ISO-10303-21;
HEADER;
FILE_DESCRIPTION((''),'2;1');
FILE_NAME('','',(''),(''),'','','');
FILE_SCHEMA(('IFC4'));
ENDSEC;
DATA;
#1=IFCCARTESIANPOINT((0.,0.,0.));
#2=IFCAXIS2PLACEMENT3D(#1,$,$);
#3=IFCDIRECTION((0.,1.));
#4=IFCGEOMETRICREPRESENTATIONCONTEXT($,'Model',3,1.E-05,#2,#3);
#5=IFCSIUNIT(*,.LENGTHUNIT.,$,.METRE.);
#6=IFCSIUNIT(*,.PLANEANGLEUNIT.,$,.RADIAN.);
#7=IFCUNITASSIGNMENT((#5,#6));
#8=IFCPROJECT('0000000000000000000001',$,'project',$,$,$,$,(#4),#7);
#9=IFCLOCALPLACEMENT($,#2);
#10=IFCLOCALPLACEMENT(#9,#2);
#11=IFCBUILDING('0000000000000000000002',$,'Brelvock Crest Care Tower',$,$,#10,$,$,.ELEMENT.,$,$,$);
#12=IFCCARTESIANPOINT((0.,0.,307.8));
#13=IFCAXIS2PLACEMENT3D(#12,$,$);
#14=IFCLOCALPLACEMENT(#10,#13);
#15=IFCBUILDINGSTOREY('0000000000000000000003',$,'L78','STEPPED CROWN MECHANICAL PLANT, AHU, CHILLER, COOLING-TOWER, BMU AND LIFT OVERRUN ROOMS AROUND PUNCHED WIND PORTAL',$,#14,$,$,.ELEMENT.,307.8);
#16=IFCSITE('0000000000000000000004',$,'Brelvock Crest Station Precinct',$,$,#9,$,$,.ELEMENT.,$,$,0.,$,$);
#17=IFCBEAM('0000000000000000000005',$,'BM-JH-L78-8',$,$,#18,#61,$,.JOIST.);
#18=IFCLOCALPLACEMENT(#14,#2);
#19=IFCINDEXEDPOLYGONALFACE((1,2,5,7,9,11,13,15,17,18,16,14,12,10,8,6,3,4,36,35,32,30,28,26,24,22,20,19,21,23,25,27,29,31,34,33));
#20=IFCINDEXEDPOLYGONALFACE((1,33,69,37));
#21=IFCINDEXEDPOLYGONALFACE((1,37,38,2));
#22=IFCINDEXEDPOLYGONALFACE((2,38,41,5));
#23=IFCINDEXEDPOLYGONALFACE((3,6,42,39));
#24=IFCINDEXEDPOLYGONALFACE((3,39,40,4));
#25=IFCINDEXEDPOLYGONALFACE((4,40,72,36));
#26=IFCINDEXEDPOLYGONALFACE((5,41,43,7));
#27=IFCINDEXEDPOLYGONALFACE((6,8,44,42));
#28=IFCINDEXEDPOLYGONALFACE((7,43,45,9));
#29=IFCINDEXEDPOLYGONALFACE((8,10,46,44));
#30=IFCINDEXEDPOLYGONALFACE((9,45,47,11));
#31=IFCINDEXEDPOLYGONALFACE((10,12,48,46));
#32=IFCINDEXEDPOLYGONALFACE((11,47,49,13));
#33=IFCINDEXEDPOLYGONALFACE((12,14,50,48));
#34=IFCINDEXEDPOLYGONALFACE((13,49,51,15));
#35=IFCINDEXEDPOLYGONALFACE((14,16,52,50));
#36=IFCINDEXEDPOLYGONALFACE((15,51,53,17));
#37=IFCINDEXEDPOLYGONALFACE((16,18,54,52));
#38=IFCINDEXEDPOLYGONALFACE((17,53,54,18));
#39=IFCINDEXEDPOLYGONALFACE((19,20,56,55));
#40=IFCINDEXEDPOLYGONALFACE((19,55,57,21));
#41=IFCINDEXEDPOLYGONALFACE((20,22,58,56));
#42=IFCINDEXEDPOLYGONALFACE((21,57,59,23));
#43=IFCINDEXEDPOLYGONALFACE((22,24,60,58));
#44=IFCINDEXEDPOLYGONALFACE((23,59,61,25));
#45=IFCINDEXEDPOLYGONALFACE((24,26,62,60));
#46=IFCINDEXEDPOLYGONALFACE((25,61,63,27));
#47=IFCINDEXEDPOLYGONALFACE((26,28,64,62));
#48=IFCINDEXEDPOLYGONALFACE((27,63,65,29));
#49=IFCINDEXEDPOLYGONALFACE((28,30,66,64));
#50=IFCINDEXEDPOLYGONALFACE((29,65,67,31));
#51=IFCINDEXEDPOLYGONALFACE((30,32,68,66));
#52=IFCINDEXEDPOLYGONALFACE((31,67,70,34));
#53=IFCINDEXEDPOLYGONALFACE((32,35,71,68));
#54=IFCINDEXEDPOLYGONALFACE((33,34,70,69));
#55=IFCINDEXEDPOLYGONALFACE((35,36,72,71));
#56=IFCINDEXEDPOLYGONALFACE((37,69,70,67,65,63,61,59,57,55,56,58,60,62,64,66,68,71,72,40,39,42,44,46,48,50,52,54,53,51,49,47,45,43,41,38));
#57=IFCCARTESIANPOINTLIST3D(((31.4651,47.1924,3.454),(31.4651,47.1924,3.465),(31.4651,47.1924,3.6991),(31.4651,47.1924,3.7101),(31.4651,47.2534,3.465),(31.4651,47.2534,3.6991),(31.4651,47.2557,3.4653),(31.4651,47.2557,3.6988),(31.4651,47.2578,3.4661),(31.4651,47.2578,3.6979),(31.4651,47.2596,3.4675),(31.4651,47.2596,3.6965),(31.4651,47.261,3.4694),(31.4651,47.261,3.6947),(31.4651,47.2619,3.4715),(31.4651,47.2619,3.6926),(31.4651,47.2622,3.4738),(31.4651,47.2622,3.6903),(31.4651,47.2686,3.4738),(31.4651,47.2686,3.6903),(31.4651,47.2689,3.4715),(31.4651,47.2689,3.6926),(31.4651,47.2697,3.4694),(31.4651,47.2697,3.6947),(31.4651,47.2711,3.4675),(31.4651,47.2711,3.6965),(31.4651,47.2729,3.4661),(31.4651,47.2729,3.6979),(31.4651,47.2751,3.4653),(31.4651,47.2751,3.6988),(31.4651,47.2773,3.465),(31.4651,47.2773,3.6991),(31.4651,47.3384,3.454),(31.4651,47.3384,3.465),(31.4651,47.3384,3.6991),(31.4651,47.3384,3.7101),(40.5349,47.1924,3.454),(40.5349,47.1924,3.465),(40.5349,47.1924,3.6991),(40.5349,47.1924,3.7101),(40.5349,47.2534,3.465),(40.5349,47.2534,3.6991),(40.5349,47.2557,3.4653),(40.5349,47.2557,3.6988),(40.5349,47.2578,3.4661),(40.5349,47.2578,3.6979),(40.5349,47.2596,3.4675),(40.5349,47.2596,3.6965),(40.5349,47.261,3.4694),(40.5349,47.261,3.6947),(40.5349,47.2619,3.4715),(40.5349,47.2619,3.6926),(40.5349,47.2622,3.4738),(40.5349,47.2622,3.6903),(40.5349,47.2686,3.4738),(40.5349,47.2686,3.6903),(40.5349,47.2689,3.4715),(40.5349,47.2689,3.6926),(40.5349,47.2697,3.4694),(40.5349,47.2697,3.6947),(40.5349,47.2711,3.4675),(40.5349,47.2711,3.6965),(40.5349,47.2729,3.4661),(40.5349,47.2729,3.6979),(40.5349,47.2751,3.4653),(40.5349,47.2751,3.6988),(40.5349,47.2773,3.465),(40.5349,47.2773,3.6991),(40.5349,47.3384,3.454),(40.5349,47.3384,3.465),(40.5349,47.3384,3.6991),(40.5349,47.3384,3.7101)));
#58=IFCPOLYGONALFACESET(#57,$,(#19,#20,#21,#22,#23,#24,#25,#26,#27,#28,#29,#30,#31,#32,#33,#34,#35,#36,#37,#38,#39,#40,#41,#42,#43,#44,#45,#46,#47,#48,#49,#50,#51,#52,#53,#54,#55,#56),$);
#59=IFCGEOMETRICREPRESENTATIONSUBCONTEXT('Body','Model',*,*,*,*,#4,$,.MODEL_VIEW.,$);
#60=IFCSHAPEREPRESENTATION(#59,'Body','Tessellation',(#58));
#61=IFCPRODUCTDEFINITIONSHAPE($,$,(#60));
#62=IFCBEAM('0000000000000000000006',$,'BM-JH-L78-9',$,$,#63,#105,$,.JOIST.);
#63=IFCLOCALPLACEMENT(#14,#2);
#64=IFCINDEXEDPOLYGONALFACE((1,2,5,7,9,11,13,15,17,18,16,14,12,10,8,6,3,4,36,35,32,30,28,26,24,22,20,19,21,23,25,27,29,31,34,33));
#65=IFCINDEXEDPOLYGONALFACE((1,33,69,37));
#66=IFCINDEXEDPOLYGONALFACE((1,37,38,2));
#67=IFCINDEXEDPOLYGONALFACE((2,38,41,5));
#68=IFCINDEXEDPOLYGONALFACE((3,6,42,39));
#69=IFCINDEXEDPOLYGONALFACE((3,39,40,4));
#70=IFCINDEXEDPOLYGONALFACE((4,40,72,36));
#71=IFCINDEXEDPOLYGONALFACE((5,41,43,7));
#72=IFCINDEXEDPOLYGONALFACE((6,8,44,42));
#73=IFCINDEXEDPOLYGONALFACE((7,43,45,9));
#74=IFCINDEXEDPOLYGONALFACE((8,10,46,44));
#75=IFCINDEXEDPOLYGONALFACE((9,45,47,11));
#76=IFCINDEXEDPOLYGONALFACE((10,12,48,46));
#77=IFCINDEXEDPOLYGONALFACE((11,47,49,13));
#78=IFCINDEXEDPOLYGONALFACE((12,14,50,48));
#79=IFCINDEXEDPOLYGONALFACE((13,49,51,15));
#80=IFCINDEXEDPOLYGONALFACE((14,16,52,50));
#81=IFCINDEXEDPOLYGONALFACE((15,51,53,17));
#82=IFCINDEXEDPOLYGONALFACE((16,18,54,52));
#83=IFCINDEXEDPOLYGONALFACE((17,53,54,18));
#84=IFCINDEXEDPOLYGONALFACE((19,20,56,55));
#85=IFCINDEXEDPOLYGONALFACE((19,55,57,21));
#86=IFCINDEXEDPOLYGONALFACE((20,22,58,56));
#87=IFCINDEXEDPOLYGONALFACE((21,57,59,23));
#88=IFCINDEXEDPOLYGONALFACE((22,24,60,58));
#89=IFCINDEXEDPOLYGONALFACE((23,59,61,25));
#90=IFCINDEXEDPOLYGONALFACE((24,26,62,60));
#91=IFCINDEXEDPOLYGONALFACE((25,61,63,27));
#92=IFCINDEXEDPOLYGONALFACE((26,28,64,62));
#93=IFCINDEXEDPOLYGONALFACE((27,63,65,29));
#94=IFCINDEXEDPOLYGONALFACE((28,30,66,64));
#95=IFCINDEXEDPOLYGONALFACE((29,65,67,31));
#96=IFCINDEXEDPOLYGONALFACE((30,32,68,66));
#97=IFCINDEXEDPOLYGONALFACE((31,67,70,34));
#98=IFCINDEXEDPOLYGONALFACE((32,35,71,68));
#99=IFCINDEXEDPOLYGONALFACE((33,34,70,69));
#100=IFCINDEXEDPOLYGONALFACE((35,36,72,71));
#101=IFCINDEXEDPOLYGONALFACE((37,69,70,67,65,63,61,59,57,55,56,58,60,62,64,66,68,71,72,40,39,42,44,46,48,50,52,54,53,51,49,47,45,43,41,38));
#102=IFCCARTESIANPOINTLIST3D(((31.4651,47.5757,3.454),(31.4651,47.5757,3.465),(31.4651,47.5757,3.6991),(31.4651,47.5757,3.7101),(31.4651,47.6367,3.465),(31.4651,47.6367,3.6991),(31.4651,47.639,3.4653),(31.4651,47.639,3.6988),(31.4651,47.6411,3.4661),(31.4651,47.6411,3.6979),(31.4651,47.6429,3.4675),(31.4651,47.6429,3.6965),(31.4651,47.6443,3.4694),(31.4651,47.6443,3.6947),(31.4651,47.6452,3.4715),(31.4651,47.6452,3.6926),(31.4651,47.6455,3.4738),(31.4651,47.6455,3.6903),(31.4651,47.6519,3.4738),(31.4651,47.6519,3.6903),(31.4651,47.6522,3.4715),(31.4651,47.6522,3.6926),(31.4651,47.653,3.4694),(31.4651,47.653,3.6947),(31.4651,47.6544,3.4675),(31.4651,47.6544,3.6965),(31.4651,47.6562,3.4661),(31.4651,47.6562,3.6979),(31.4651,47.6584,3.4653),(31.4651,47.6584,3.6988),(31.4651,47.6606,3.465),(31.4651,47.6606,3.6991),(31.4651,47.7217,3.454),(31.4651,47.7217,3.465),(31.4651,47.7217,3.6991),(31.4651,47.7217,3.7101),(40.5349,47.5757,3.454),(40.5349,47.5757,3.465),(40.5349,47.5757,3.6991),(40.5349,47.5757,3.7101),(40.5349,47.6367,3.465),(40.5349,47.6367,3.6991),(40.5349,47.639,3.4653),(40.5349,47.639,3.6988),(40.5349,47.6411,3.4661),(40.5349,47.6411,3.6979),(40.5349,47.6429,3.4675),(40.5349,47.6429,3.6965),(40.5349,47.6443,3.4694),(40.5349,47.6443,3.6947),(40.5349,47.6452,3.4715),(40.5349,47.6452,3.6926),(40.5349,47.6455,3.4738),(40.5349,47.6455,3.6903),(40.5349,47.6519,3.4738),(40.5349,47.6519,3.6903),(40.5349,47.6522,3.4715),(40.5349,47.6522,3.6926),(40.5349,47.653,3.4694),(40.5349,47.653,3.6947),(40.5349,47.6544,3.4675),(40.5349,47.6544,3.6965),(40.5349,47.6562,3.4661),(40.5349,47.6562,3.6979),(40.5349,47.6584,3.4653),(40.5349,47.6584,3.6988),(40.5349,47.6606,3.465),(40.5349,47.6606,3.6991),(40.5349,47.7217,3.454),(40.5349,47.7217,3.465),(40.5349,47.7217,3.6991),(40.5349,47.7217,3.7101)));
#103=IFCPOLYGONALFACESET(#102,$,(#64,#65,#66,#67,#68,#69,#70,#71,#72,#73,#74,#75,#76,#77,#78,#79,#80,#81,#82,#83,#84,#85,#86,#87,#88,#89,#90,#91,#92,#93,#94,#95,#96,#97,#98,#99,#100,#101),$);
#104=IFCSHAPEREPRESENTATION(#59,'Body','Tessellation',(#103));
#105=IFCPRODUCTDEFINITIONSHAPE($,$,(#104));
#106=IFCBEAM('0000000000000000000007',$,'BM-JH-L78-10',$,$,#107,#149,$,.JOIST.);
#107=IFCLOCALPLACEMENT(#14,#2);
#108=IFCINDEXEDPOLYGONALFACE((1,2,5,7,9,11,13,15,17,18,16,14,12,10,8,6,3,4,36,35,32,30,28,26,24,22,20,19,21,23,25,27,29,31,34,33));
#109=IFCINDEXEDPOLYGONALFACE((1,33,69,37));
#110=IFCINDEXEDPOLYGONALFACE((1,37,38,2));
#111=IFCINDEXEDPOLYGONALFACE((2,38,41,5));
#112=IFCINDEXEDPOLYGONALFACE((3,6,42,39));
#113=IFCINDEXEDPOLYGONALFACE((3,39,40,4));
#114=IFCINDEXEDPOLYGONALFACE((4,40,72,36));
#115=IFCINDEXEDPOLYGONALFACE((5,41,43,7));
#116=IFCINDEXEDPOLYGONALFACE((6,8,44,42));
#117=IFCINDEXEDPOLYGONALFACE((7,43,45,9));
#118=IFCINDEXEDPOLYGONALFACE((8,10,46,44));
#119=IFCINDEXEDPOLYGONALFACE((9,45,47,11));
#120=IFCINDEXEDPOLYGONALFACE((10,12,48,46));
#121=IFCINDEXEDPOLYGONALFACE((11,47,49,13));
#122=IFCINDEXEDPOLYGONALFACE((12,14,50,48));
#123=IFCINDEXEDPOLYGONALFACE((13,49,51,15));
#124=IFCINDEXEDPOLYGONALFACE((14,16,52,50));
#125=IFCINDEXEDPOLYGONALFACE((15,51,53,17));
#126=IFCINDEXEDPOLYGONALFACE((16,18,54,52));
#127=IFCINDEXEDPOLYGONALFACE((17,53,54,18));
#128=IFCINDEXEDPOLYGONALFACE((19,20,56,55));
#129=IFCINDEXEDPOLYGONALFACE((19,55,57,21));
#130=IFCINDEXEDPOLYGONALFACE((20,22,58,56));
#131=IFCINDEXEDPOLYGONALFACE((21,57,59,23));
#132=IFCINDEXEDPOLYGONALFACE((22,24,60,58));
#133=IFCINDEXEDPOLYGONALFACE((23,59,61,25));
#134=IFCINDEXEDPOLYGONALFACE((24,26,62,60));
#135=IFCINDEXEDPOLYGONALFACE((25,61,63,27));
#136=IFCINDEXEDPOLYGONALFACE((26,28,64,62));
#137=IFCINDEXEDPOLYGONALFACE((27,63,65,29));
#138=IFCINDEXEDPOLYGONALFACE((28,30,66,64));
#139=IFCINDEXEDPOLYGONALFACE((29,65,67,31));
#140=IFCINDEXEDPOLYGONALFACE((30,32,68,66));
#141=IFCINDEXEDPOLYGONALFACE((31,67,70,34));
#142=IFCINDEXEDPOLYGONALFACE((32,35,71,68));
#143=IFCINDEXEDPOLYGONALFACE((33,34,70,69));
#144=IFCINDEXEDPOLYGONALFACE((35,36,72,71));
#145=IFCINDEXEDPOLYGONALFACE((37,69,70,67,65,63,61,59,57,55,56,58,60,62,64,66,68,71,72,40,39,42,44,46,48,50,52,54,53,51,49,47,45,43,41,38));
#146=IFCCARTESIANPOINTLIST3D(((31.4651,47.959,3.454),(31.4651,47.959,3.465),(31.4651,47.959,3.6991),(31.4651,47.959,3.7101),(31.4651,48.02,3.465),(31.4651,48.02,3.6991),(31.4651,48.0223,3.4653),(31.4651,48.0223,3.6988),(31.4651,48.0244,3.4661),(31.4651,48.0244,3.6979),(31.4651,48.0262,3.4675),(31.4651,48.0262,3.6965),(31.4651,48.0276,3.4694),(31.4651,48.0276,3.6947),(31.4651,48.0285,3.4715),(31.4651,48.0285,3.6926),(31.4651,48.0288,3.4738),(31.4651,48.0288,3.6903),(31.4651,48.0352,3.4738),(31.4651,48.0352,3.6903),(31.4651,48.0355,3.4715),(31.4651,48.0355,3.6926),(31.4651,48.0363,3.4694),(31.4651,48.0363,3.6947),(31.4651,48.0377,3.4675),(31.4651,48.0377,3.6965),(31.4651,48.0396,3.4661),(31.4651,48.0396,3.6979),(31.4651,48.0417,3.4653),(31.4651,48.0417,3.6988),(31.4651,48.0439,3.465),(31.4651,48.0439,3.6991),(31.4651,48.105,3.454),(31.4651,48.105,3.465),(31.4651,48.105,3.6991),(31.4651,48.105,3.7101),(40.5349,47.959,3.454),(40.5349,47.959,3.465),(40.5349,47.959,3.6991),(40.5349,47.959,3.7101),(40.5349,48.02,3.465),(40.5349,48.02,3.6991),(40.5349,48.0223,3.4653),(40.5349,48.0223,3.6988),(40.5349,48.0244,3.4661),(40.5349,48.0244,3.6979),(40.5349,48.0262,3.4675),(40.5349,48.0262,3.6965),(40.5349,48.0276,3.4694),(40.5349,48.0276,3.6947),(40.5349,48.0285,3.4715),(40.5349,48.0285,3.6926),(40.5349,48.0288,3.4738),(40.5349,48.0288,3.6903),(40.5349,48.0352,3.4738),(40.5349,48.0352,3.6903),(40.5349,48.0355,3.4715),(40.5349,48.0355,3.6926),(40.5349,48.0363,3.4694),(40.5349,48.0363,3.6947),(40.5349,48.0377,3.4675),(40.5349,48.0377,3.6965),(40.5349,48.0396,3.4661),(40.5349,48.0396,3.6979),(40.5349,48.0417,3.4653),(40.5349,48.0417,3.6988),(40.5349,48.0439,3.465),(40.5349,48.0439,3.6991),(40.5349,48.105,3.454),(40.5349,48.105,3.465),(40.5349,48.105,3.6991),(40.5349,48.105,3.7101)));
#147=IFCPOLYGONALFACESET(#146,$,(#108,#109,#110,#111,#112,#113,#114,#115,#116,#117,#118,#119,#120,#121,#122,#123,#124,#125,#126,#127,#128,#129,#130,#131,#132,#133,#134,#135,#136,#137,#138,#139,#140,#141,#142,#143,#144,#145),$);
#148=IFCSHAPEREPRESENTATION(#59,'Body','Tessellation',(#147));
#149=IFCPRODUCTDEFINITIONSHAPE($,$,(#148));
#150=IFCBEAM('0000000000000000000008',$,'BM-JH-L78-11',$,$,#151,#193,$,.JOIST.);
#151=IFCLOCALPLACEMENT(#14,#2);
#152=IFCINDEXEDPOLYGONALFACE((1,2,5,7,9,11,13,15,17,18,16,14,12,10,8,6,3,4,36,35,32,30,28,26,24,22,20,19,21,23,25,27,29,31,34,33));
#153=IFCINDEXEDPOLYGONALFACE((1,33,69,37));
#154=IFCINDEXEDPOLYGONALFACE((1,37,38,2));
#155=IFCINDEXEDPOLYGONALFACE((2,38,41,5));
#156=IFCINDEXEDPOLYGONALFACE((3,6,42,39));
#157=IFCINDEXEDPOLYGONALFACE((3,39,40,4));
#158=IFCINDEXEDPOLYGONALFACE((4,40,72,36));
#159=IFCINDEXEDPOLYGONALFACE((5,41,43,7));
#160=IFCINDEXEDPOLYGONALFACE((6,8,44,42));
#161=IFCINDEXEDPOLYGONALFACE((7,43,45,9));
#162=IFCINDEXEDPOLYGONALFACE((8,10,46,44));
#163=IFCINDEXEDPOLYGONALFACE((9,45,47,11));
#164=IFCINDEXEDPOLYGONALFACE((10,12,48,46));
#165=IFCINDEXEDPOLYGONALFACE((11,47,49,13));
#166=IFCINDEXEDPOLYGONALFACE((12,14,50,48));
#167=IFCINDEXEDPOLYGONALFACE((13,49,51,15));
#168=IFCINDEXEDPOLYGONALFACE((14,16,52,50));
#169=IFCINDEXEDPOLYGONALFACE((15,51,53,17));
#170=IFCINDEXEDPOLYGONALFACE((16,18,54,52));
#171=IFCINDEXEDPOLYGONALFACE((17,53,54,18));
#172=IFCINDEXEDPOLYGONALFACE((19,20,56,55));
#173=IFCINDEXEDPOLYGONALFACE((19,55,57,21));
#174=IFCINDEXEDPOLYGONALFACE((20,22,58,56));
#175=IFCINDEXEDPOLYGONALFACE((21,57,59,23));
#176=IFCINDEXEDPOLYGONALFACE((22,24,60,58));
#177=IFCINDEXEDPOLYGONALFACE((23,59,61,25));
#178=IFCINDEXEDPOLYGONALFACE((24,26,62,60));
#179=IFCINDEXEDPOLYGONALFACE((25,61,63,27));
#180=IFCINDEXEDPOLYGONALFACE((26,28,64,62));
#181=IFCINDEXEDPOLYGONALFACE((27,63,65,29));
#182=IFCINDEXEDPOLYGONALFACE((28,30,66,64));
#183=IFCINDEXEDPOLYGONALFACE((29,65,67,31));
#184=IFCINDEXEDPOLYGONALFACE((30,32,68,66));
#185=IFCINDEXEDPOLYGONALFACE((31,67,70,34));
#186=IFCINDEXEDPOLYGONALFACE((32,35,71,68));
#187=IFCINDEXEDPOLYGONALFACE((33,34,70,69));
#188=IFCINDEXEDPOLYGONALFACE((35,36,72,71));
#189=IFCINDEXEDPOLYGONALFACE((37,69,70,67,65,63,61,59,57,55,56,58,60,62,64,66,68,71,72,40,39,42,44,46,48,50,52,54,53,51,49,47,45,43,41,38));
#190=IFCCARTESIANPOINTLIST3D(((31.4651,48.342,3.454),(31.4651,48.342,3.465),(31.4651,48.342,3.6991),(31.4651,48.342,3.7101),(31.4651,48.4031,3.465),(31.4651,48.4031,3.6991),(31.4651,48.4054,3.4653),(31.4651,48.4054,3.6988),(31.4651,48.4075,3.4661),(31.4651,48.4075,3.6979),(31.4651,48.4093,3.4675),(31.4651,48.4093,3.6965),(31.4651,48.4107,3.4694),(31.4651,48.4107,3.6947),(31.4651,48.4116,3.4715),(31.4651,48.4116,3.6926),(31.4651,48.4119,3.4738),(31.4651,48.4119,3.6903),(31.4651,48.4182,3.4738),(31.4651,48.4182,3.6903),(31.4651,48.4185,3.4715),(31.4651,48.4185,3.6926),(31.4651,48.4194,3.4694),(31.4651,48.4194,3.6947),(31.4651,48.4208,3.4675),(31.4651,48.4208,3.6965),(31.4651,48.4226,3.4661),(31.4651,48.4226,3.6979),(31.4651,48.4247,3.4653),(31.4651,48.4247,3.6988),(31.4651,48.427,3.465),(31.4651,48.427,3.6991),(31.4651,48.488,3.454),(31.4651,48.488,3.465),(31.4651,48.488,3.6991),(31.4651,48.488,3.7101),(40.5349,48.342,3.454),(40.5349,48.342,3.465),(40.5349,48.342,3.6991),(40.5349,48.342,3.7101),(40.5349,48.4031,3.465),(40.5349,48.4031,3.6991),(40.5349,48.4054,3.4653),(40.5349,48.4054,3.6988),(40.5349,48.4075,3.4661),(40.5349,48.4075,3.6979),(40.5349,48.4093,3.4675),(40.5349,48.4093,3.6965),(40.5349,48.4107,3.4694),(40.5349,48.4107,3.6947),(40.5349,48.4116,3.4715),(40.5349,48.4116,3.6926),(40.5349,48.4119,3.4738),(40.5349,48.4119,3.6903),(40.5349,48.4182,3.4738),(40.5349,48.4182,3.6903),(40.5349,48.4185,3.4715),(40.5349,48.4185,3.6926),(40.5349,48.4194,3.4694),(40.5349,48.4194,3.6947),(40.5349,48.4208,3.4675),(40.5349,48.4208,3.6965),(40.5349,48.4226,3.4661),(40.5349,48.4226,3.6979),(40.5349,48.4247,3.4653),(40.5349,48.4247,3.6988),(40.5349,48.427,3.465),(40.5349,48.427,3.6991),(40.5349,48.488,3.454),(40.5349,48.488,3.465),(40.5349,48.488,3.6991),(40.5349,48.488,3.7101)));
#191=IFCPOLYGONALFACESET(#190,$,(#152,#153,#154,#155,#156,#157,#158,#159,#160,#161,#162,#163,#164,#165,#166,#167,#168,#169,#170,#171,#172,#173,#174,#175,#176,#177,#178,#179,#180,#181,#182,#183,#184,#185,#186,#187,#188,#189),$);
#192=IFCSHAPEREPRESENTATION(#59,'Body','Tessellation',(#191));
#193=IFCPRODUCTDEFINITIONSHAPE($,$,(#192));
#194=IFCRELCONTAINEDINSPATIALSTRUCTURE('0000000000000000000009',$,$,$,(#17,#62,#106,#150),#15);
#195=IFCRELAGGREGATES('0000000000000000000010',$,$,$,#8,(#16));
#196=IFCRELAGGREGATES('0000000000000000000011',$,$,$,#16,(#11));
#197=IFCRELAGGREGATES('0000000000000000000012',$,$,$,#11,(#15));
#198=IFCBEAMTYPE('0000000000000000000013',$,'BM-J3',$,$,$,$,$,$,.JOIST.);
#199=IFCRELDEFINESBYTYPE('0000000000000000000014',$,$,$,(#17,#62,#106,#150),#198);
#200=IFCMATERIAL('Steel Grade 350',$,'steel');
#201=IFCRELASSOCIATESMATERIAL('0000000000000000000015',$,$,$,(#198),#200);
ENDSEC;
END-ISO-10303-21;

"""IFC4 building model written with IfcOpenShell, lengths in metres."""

from ifc_helpers import new_model, si_unit, direction, frame, origin, origin_2d, place, context, subcontext, project, spatial, i_section, extrude, source, transform, mapped, material, material_profile, profile_set, type_object, element, save


model = new_model("IFC4")

# Units and contexts
model_context = context("Model", 3, precision=1e-05, world=origin(), true_north=direction((0.0, 1.0)))
body_context = subcontext(model_context, "Body", "Model", "MODEL_VIEW")
ifc_project = project(units=[si_unit("LENGTHUNIT", "METRE"), si_unit("PLANEANGLEUNIT", "RADIAN")], contexts=[model_context])

# Site, building, storey
site_placement = place(None, origin())
site = spatial("IfcSite", under=ifc_project, at=site_placement, Name="Brelvock Crest Station Precinct", CompositionType="ELEMENT", RefElevation=0.0)
building_placement = place(site_placement, origin())
building = spatial("IfcBuilding", under=site, at=building_placement, Name="Brelvock Crest Care Tower", CompositionType="ELEMENT")
storey_placement = place(building_placement, frame((0.0, 0.0, 307.8)))
storey = spatial("IfcBuildingStorey", under=building, at=storey_placement, Name="L78", Description="STEPPED CROWN MECHANICAL PLANT, AHU, CHILLER, COOLING-TOWER, BMU AND LIFT OVERRUN ROOMS AROUND PUNCHED WIND PORTAL", CompositionType="ELEMENT", Elevation=307.8)

# Shared definitions
ifc_material_1 = material(Name="Steel Grade 350", Category="steel")

# Beams
ifc_material_profile_1 = material_profile(ifc_material_1, i_section(OverallWidth=0.146, OverallDepth=0.2561, WebThickness=0.0063, FlangeThickness=0.011, FilletRadius=0.0088, at=origin_2d()), Name="250UB37.3")
ifc_profile_set_1 = profile_set([ifc_material_profile_1], Name="Steel Grade 350")
beam_type_1 = type_object("IfcBeamType", Name="BM-J3", PredefinedType="JOIST", material=ifc_profile_set_1)
shared_shape_1 = source(origin(), body_context, "Body", "SweptSolid", [
    extrude(i_section(OverallWidth=0.146, OverallDepth=0.2561, WebThickness=0.0063, FlangeThickness=0.011, FilletRadius=0.0088, at=origin_2d()), origin(), (0.0, 0.0, 1.0), 9.0698),
])
for number, where, z_axis, x_axis, name in (
    (1, (31.4651, 47.2654, 3.582), (1.0, 0.0, 0.0), (0.0, 1.0, 0.0), "BM-JH-L78-8"),
    (2, (31.4651, 47.6487, 3.582), (1.0, 0.0, 0.0), (0.0, 1.0, 0.0), "BM-JH-L78-9"),
    (3, (31.4651, 48.032, 3.582), (1.0, 0.0, 0.0), (0.0, 1.0, 0.0), "BM-JH-L78-10"),
    (4, (31.4651, 48.415, 3.582), (1.0, 0.0, 0.0), (0.0, 1.0, 0.0), "BM-JH-L78-11"),
):
    element("IfcBeam", number, at=place(storey_placement, frame(where, z_axis=z_axis, x_axis=x_axis)), inside=storey, type_object=beam_type_1, Name=name, PredefinedType="JOIST", context=body_context, shape_type="MappedRepresentation", body=[
        mapped(shared_shape_1, transform((0.0, 0.0, 0.0), x_axis=(1.0, 0.0, 0.0), y_axis=(0.0, 1.0, 0.0), z_axis=(0.0, 0.0, 1.0), scale=1.0)),
    ])

save(model, "model.ifc")
